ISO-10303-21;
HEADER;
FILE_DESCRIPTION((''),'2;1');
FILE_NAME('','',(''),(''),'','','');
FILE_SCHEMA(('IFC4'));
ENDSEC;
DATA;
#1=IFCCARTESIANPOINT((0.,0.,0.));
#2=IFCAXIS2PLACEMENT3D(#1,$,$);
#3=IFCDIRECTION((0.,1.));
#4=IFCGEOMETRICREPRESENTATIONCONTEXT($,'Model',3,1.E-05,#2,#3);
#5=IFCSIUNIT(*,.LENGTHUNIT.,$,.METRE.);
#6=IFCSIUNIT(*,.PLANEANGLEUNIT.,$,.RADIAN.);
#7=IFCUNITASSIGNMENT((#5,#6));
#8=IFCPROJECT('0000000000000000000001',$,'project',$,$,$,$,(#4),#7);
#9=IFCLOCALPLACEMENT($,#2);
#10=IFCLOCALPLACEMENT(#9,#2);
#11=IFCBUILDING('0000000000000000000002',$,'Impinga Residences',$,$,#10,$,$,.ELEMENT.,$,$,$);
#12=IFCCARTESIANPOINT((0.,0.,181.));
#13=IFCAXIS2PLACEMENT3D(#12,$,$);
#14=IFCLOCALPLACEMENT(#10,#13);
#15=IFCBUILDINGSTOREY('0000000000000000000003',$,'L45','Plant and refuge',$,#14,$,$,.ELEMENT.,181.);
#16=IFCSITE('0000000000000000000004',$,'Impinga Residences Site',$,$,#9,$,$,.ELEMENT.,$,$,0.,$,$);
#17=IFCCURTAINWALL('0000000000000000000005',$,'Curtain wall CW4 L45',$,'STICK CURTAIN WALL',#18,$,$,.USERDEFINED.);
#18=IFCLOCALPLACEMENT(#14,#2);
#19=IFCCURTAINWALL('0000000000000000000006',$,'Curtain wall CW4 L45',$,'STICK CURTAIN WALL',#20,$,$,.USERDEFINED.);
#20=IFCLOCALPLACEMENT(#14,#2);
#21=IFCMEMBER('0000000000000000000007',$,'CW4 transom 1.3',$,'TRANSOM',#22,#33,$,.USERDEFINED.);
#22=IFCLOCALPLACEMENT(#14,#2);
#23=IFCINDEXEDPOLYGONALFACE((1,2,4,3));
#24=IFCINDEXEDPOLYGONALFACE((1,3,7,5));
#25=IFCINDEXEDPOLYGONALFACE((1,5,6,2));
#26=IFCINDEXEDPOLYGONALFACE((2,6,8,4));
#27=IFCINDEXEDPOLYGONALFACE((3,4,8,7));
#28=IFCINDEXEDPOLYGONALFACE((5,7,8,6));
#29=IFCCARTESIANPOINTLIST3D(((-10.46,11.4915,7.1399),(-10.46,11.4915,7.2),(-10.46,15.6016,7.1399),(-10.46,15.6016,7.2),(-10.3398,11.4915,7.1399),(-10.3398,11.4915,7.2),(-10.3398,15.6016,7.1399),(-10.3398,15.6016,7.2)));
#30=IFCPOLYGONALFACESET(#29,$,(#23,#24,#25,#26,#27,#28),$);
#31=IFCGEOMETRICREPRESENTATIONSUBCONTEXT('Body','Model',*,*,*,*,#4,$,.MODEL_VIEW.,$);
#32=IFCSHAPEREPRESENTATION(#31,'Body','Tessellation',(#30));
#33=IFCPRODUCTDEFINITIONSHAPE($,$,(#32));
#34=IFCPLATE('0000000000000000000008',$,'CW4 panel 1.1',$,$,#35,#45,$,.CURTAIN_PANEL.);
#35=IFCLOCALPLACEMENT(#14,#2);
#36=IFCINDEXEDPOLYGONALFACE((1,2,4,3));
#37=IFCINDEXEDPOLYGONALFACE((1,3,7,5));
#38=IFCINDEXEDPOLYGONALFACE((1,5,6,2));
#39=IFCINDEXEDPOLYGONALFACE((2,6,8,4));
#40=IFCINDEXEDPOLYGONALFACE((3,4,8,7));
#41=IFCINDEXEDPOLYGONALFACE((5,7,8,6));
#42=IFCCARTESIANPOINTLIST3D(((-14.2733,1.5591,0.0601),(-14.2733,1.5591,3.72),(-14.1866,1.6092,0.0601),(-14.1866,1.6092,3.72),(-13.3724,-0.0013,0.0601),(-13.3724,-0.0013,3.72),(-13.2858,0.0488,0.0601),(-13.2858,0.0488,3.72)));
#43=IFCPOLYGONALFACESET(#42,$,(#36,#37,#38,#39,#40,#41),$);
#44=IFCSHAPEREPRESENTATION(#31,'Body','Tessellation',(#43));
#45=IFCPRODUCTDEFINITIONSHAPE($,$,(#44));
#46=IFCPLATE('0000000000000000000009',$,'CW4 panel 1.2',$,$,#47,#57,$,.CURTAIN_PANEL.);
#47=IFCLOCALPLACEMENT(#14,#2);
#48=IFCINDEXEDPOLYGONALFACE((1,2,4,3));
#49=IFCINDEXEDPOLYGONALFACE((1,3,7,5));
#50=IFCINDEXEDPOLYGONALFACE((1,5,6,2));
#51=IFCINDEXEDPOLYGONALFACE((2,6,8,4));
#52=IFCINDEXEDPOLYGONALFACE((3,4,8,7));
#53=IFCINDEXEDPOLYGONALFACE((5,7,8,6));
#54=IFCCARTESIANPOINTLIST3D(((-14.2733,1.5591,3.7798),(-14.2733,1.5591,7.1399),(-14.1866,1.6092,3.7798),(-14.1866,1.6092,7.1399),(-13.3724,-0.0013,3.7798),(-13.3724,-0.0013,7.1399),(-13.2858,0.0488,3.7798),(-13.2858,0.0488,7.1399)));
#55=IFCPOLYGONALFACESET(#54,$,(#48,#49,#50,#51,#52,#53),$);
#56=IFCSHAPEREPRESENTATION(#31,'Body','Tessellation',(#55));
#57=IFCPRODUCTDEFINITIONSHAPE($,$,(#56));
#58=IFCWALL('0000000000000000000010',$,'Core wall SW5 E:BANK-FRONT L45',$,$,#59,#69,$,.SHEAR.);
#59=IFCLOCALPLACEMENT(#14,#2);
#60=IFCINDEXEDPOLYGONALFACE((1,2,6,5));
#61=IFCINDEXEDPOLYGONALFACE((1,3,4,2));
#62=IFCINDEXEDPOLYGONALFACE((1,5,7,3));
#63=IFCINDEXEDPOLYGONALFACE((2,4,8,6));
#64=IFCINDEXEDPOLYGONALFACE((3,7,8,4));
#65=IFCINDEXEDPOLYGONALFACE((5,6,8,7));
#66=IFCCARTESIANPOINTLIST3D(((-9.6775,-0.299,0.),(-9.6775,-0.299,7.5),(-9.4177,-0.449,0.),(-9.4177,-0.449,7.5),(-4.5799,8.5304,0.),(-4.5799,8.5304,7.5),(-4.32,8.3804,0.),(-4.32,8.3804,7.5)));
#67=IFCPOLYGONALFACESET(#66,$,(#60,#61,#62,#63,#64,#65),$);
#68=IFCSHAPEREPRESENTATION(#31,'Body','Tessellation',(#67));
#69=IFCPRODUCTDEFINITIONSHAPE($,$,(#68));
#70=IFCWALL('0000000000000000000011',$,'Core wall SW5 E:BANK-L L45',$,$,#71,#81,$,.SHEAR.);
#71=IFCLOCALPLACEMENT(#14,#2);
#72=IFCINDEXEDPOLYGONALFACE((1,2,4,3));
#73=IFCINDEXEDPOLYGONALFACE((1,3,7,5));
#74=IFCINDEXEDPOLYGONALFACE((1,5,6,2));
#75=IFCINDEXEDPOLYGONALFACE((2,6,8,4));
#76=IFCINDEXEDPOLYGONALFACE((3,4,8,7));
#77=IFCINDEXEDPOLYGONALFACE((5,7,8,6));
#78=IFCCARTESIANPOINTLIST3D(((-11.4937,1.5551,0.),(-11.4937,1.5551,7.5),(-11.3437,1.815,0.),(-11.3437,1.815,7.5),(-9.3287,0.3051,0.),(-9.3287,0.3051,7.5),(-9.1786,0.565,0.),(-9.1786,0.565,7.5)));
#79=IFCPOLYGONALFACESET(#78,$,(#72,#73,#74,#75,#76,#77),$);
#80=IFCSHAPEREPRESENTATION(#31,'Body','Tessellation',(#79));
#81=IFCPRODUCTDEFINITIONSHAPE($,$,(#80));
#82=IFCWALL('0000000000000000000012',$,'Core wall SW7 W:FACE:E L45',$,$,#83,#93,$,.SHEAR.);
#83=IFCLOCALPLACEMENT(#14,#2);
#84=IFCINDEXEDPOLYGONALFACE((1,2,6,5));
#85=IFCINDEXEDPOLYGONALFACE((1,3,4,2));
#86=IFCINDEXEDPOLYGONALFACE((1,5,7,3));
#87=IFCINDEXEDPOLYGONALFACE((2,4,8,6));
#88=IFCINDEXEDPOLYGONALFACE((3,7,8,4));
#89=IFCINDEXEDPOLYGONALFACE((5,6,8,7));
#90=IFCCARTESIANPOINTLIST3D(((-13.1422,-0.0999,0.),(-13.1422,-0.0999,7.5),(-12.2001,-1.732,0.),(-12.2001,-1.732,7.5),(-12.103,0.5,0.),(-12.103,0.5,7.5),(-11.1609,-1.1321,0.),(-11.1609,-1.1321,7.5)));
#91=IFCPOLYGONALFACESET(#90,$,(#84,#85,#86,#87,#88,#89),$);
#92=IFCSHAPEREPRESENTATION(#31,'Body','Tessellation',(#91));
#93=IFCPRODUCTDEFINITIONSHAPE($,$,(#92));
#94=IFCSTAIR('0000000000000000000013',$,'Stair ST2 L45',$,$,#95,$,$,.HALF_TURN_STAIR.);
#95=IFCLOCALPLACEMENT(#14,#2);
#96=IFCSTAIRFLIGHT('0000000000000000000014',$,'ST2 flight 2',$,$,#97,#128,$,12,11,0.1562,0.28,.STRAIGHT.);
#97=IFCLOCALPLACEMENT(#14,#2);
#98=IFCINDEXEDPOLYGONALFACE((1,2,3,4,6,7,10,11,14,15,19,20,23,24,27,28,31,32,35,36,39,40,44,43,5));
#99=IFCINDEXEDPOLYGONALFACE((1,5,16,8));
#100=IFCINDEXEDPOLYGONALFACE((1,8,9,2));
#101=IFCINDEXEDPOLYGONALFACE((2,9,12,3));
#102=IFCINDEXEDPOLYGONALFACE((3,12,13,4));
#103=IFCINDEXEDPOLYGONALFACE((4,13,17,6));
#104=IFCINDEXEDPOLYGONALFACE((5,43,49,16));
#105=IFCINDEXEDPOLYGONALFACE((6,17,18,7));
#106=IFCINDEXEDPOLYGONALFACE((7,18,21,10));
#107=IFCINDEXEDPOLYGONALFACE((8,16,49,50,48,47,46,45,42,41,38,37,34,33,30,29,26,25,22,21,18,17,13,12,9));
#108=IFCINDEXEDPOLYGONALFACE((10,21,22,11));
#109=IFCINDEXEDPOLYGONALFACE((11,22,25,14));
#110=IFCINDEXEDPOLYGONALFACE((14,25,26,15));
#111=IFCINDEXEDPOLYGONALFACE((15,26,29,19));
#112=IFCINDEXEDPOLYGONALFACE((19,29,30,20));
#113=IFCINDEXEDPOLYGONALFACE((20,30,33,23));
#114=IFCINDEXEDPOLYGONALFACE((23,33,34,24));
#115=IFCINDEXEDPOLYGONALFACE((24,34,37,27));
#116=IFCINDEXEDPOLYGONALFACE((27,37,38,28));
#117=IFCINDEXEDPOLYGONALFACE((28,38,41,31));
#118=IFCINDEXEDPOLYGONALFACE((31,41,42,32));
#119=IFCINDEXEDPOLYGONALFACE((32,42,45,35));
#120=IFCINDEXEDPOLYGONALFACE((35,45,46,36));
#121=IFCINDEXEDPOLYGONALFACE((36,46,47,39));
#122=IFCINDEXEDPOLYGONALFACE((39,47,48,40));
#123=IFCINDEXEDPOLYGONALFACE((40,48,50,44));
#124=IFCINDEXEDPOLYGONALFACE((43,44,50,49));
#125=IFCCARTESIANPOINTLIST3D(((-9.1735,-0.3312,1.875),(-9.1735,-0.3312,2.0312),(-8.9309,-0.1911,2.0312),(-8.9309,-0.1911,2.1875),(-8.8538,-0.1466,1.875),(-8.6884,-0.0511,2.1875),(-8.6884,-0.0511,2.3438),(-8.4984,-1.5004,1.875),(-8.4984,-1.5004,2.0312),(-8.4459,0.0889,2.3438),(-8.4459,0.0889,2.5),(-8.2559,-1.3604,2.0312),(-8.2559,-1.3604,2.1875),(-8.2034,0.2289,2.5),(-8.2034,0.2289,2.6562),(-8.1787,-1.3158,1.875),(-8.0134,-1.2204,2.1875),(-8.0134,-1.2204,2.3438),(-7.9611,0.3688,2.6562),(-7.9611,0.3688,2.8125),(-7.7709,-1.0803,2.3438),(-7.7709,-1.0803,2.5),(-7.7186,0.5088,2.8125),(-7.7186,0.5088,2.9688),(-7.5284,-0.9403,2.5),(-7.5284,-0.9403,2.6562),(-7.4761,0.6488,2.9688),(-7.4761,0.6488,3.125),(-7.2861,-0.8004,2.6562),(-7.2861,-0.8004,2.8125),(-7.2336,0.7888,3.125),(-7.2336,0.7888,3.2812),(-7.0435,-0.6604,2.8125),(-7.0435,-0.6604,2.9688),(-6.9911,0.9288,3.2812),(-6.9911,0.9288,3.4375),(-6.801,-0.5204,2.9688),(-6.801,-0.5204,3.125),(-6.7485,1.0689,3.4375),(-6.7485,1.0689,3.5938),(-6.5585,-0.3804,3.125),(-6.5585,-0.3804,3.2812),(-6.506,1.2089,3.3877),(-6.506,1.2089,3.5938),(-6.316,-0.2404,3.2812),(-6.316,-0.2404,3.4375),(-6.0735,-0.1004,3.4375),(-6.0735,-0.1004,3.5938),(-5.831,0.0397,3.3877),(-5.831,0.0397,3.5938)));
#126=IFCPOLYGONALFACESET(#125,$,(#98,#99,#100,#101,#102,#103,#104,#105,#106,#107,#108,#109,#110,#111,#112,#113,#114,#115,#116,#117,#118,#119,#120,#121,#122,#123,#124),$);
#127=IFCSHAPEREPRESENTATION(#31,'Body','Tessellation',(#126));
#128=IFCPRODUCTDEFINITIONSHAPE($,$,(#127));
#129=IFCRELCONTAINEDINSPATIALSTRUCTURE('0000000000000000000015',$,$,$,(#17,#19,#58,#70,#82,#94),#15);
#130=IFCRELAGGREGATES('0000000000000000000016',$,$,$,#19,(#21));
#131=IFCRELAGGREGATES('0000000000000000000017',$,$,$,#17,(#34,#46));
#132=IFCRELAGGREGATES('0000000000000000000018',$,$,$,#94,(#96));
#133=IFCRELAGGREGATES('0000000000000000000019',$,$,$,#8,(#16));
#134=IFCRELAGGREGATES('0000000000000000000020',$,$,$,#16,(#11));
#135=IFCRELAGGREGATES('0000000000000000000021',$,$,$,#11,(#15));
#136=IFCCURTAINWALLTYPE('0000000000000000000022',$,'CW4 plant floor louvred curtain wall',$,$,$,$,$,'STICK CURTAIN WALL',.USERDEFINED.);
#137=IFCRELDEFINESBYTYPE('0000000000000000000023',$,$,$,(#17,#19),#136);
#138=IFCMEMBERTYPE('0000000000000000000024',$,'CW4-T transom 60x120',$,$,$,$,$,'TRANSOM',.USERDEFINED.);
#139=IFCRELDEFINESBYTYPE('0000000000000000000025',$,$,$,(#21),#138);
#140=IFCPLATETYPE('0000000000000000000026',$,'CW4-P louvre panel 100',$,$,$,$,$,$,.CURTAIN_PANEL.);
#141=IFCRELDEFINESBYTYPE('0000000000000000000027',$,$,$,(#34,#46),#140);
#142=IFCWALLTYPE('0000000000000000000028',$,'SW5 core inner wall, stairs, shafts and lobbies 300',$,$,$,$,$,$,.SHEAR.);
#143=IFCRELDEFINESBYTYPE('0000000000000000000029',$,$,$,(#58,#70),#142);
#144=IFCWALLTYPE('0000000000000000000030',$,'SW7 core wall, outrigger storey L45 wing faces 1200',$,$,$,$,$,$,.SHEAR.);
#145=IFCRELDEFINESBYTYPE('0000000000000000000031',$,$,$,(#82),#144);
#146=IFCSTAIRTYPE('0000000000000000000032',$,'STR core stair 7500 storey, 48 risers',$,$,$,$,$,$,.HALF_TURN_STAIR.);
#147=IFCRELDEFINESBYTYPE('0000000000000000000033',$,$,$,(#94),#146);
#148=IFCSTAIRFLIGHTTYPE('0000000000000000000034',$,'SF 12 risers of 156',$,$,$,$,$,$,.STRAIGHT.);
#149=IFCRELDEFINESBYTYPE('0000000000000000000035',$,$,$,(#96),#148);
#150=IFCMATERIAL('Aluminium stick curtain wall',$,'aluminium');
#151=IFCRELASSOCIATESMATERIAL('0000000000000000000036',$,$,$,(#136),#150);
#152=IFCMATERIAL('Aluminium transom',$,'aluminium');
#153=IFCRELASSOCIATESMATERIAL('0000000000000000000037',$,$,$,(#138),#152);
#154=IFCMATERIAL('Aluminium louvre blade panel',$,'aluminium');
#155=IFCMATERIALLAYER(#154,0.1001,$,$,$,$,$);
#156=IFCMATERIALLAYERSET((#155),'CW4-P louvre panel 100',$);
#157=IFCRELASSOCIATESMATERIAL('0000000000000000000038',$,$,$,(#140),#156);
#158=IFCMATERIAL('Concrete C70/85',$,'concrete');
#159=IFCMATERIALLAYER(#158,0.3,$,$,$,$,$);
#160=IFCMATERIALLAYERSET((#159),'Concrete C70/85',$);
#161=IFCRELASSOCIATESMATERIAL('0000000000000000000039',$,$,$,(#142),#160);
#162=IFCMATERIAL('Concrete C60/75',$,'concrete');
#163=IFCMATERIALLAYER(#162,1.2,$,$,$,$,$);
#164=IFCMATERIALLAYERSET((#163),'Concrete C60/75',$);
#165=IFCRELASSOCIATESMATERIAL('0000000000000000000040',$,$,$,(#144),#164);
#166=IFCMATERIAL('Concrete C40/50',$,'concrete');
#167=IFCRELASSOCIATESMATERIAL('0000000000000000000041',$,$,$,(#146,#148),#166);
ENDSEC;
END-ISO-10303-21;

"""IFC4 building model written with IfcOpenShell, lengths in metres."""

from ifc_helpers import new_model, si_unit, direction, frame, frame_2d, origin, origin_2d, place, context, subcontext, project, spatial, polyline, rectangle, outline, extrude, material, layer, layer_set, material_profile, profile_set, type_object, element, aggregate, save


model = new_model("IFC4")

# Units and contexts
model_context = context("Model", 3, precision=1e-05, world=origin(), true_north=direction((0.0, 1.0)))
body_context = subcontext(model_context, "Body", "Model", "MODEL_VIEW")
ifc_project = project(units=[si_unit("LENGTHUNIT", "METRE"), si_unit("PLANEANGLEUNIT", "RADIAN")], contexts=[model_context])

# Site, building, storey
site_placement = place(None, origin())
site = spatial("IfcSite", under=ifc_project, at=site_placement, Name="Impinga Residences Site", CompositionType="ELEMENT", RefElevation=0.0)
building_placement = place(site_placement, origin())
building = spatial("IfcBuilding", under=site, at=building_placement, Name="Impinga Residences", CompositionType="ELEMENT")
storey_placement = place(building_placement, frame((0.0, 0.0, 181.0)))
storey = spatial("IfcBuildingStorey", under=building, at=storey_placement, Name="L45", Description="Plant and refuge", CompositionType="ELEMENT", Elevation=181.0)

# Shared definitions
ifc_material_1 = material(Name="Concrete C60/75", Category="concrete")

# Curtain wall
ifc_material_2 = material(Name="Aluminium stick curtain wall", Category="aluminium")
curtain_wall_type = type_object("IfcCurtainWallType", Name="CW4 plant floor louvred curtain wall", ElementType="STICK CURTAIN WALL", PredefinedType="USERDEFINED", material=ifc_material_2)
curtain_wall_1_placement = place(storey_placement, origin())
curtain_wall_1 = element("IfcCurtainWall", 1, at=curtain_wall_1_placement, inside=storey, type_object=curtain_wall_type, Name="Curtain wall CW4 L45", ObjectType="STICK CURTAIN WALL", PredefinedType="USERDEFINED")

# Curtain wall
curtain_wall_2_placement = place(storey_placement, origin())
curtain_wall_2 = element("IfcCurtainWall", 2, at=curtain_wall_2_placement, inside=storey, type_object=curtain_wall_type, Name="Curtain wall CW4 L45", ObjectType="STICK CURTAIN WALL", PredefinedType="USERDEFINED")

# Member
ifc_material_3 = material(Name="Aluminium transom", Category="aluminium")
ifc_material_profile_1 = material_profile(ifc_material_3, rectangle(XDim=0.0601, YDim=0.1201, at=origin_2d()), Name="60x120 transom")
ifc_profile_set_1 = profile_set([ifc_material_profile_1], Name="Aluminium transom")
member_type_1 = type_object("IfcMemberType", Name="CW4-T transom 60x120", ElementType="TRANSOM", PredefinedType="USERDEFINED", material=ifc_profile_set_1)
member_1_placement = place(storey_placement, frame((-10.3999, 11.4915, 7.1699), z_axis=(0.0, 1.0, 0.0), x_axis=(0.0, 0.0, 1.0)))
member_1 = element("IfcMember", 3, at=member_1_placement, type_object=member_type_1, Name="CW4 transom 1.3", ObjectType="TRANSOM", PredefinedType="USERDEFINED", context=body_context, shape_type="SweptSolid", body=[
    extrude(rectangle(XDim=0.0601, YDim=0.1201, at=origin_2d()), origin(), (0.0, 0.0, 1.0), 4.1101),
])
aggregate(curtain_wall_2, [member_1])

# Plates
ifc_material_4 = material(Name="Aluminium louvre blade panel", Category="aluminium")
ifc_layer_1 = layer(ifc_material_4, 0.1001)
ifc_layer_set_1 = layer_set([ifc_layer_1], Name="CW4-P louvre panel 100")
plate_type = type_object("IfcPlateType", Name="CW4-P louvre panel 100", PredefinedType="CURTAIN_PANEL", material=ifc_layer_set_1)
plate_1_placement = place(storey_placement, frame((-13.7795, 0.804, 0.0601), z_axis=(0.0, 0.0, 1.0), x_axis=(0.5, -0.866025, 0.0)))
plate_1 = element("IfcPlate", 4, at=plate_1_placement, type_object=plate_type, Name="CW4 panel 1.1", PredefinedType="CURTAIN_PANEL", context=body_context, shape_type="SweptSolid", body=[
    extrude(rectangle(XDim=1.8018, YDim=0.1001, at=origin_2d()), origin(), (0.0, 0.0, 1.0), 3.6599),
])
plate_2_placement = place(storey_placement, frame((-13.7795, 0.804, 3.7798), z_axis=(0.0, 0.0, 1.0), x_axis=(0.5, -0.866025, 0.0)))
plate_2 = element("IfcPlate", 5, at=plate_2_placement, type_object=plate_type, Name="CW4 panel 1.2", PredefinedType="CURTAIN_PANEL", context=body_context, shape_type="SweptSolid", body=[
    extrude(rectangle(XDim=1.8018, YDim=0.1001, at=origin_2d()), origin(), (0.0, 0.0, 1.0), 3.3601),
])
aggregate(curtain_wall_1, [plate_1, plate_2])

# Walls
ifc_material_5 = material(Name="Concrete C70/85", Category="concrete")
ifc_layer_2 = layer(ifc_material_5, 0.3)
ifc_layer_set_2 = layer_set([ifc_layer_2], Name="Concrete C70/85")
wall_type_1 = type_object("IfcWallType", Name="SW5 core inner wall, stairs, shafts and lobbies 300", PredefinedType="SHEAR", material=ifc_layer_set_2)
wall_1_placement = place(storey_placement, frame((-9.5476, -0.374, 0.0), z_axis=(0.0, 0.0, 1.0), x_axis=(0.500002, 0.866024, 0.0)))
element("IfcWall", 6, at=wall_1_placement, inside=storey, type_object=wall_type_1, Name="Core wall SW5 E:BANK-FRONT L45", PredefinedType="SHEAR", context=body_context, shape_type="SweptSolid", body=[
    extrude(rectangle(XDim=10.1953, YDim=0.3, at=frame_2d((5.0977, 0.0))), origin(), (0.0, 0.0, 1.0), 7.5),
])
wall_2_placement = place(storey_placement, frame((-9.2537, 0.4351, 0.0), z_axis=(0.0, 0.0, 1.0), x_axis=(-0.866023, 0.500004, 0.0)))
element("IfcWall", 7, at=wall_2_placement, inside=storey, type_object=wall_type_1, Name="Core wall SW5 E:BANK-L L45", PredefinedType="SHEAR", context=body_context, shape_type="SweptSolid", body=[
    extrude(rectangle(XDim=2.5, YDim=0.3, at=frame_2d((1.25, 0.0))), origin(), (0.0, 0.0, 1.0), 7.5),
])
ifc_layer_3 = layer(ifc_material_1, 1.2)
ifc_layer_set_3 = layer_set([ifc_layer_3], Name="Concrete C60/75")
wall_type_2 = type_object("IfcWallType", Name="SW7 core wall, outrigger storey L45 wing faces 1200", PredefinedType="SHEAR", material=ifc_layer_set_3)
wall_3_placement = place(storey_placement, frame((-11.6804, -1.4321, 0.0), z_axis=(0.0, 0.0, 1.0), x_axis=(-0.499943, 0.866058, 0.0)))
element("IfcWall", 8, at=wall_3_placement, inside=storey, type_object=wall_type_2, Name="Core wall SW7 W:FACE:E L45", PredefinedType="SHEAR", context=body_context, shape_type="SweptSolid", body=[
    extrude(rectangle(XDim=1.8845, YDim=1.2, at=frame_2d((0.9424, 0.0))), origin(), (0.0, 0.0, 1.0), 7.5),
])

# Stair, stair flight
ifc_material_6 = material(Name="Concrete C40/50", Category="concrete")
stair_type = type_object("IfcStairType", Name="STR core stair 7500 storey, 48 risers", PredefinedType="HALF_TURN_STAIR", material=ifc_material_6)
stair_placement = place(storey_placement, origin())
stair = element("IfcStair", 9, at=stair_placement, inside=storey, type_object=stair_type, Name="Stair ST2 L45", PredefinedType="HALF_TURN_STAIR")
stair_flight_type = type_object("IfcStairFlightType", Name="SF 12 risers of 156", PredefinedType="STRAIGHT", material=ifc_material_6)
stair_flight_placement = place(storey_placement, frame((-8.8359, -0.9158, 1.875), z_axis=(0.0, 0.0, 1.0), x_axis=(0.866025, 0.5, 0.0)))
stair_flight = element("IfcStairFlight", 10, at=stair_flight_placement, type_object=stair_flight_type, Name="ST2 flight 2", NumberOfRisers=12, NumberOfTreads=11, PredefinedType="STRAIGHT", RiserHeight=0.1562, TreadLength=0.28, context=body_context, shape_type="SweptSolid", body=[
    extrude(outline(polyline([(0.0, 0.0), (0.0, 0.1562), (0.28, 0.1562), (0.28, 0.3125), (0.5601, 0.3125), (0.5601, 0.4688), (0.8401, 0.4688), (0.8401, 0.625), (1.1201, 0.625), (1.1201, 0.7812), (1.3999, 0.7812), (1.3999, 0.9375), (1.6799, 0.9375), (1.6799, 1.0938), (1.96, 1.0938), (1.96, 1.25), (2.24, 1.25), (2.24, 1.4062), (2.52, 1.4062), (2.52, 1.5625), (2.8, 1.5625), (2.8, 1.7188), (3.0801, 1.7188), (3.0801, 1.875), (3.0801, 1.5127), (0.3691, 0.0), (0.0, 0.0)])), frame((0.0, 0.675, 0.0), z_axis=(0.0, -1.0, 0.0), x_axis=(1.0, 0.0, 0.0)), (0.0, 0.0, 1.0), 1.3501),
])
aggregate(stair, [stair_flight])

save(model, "model.ifc")
